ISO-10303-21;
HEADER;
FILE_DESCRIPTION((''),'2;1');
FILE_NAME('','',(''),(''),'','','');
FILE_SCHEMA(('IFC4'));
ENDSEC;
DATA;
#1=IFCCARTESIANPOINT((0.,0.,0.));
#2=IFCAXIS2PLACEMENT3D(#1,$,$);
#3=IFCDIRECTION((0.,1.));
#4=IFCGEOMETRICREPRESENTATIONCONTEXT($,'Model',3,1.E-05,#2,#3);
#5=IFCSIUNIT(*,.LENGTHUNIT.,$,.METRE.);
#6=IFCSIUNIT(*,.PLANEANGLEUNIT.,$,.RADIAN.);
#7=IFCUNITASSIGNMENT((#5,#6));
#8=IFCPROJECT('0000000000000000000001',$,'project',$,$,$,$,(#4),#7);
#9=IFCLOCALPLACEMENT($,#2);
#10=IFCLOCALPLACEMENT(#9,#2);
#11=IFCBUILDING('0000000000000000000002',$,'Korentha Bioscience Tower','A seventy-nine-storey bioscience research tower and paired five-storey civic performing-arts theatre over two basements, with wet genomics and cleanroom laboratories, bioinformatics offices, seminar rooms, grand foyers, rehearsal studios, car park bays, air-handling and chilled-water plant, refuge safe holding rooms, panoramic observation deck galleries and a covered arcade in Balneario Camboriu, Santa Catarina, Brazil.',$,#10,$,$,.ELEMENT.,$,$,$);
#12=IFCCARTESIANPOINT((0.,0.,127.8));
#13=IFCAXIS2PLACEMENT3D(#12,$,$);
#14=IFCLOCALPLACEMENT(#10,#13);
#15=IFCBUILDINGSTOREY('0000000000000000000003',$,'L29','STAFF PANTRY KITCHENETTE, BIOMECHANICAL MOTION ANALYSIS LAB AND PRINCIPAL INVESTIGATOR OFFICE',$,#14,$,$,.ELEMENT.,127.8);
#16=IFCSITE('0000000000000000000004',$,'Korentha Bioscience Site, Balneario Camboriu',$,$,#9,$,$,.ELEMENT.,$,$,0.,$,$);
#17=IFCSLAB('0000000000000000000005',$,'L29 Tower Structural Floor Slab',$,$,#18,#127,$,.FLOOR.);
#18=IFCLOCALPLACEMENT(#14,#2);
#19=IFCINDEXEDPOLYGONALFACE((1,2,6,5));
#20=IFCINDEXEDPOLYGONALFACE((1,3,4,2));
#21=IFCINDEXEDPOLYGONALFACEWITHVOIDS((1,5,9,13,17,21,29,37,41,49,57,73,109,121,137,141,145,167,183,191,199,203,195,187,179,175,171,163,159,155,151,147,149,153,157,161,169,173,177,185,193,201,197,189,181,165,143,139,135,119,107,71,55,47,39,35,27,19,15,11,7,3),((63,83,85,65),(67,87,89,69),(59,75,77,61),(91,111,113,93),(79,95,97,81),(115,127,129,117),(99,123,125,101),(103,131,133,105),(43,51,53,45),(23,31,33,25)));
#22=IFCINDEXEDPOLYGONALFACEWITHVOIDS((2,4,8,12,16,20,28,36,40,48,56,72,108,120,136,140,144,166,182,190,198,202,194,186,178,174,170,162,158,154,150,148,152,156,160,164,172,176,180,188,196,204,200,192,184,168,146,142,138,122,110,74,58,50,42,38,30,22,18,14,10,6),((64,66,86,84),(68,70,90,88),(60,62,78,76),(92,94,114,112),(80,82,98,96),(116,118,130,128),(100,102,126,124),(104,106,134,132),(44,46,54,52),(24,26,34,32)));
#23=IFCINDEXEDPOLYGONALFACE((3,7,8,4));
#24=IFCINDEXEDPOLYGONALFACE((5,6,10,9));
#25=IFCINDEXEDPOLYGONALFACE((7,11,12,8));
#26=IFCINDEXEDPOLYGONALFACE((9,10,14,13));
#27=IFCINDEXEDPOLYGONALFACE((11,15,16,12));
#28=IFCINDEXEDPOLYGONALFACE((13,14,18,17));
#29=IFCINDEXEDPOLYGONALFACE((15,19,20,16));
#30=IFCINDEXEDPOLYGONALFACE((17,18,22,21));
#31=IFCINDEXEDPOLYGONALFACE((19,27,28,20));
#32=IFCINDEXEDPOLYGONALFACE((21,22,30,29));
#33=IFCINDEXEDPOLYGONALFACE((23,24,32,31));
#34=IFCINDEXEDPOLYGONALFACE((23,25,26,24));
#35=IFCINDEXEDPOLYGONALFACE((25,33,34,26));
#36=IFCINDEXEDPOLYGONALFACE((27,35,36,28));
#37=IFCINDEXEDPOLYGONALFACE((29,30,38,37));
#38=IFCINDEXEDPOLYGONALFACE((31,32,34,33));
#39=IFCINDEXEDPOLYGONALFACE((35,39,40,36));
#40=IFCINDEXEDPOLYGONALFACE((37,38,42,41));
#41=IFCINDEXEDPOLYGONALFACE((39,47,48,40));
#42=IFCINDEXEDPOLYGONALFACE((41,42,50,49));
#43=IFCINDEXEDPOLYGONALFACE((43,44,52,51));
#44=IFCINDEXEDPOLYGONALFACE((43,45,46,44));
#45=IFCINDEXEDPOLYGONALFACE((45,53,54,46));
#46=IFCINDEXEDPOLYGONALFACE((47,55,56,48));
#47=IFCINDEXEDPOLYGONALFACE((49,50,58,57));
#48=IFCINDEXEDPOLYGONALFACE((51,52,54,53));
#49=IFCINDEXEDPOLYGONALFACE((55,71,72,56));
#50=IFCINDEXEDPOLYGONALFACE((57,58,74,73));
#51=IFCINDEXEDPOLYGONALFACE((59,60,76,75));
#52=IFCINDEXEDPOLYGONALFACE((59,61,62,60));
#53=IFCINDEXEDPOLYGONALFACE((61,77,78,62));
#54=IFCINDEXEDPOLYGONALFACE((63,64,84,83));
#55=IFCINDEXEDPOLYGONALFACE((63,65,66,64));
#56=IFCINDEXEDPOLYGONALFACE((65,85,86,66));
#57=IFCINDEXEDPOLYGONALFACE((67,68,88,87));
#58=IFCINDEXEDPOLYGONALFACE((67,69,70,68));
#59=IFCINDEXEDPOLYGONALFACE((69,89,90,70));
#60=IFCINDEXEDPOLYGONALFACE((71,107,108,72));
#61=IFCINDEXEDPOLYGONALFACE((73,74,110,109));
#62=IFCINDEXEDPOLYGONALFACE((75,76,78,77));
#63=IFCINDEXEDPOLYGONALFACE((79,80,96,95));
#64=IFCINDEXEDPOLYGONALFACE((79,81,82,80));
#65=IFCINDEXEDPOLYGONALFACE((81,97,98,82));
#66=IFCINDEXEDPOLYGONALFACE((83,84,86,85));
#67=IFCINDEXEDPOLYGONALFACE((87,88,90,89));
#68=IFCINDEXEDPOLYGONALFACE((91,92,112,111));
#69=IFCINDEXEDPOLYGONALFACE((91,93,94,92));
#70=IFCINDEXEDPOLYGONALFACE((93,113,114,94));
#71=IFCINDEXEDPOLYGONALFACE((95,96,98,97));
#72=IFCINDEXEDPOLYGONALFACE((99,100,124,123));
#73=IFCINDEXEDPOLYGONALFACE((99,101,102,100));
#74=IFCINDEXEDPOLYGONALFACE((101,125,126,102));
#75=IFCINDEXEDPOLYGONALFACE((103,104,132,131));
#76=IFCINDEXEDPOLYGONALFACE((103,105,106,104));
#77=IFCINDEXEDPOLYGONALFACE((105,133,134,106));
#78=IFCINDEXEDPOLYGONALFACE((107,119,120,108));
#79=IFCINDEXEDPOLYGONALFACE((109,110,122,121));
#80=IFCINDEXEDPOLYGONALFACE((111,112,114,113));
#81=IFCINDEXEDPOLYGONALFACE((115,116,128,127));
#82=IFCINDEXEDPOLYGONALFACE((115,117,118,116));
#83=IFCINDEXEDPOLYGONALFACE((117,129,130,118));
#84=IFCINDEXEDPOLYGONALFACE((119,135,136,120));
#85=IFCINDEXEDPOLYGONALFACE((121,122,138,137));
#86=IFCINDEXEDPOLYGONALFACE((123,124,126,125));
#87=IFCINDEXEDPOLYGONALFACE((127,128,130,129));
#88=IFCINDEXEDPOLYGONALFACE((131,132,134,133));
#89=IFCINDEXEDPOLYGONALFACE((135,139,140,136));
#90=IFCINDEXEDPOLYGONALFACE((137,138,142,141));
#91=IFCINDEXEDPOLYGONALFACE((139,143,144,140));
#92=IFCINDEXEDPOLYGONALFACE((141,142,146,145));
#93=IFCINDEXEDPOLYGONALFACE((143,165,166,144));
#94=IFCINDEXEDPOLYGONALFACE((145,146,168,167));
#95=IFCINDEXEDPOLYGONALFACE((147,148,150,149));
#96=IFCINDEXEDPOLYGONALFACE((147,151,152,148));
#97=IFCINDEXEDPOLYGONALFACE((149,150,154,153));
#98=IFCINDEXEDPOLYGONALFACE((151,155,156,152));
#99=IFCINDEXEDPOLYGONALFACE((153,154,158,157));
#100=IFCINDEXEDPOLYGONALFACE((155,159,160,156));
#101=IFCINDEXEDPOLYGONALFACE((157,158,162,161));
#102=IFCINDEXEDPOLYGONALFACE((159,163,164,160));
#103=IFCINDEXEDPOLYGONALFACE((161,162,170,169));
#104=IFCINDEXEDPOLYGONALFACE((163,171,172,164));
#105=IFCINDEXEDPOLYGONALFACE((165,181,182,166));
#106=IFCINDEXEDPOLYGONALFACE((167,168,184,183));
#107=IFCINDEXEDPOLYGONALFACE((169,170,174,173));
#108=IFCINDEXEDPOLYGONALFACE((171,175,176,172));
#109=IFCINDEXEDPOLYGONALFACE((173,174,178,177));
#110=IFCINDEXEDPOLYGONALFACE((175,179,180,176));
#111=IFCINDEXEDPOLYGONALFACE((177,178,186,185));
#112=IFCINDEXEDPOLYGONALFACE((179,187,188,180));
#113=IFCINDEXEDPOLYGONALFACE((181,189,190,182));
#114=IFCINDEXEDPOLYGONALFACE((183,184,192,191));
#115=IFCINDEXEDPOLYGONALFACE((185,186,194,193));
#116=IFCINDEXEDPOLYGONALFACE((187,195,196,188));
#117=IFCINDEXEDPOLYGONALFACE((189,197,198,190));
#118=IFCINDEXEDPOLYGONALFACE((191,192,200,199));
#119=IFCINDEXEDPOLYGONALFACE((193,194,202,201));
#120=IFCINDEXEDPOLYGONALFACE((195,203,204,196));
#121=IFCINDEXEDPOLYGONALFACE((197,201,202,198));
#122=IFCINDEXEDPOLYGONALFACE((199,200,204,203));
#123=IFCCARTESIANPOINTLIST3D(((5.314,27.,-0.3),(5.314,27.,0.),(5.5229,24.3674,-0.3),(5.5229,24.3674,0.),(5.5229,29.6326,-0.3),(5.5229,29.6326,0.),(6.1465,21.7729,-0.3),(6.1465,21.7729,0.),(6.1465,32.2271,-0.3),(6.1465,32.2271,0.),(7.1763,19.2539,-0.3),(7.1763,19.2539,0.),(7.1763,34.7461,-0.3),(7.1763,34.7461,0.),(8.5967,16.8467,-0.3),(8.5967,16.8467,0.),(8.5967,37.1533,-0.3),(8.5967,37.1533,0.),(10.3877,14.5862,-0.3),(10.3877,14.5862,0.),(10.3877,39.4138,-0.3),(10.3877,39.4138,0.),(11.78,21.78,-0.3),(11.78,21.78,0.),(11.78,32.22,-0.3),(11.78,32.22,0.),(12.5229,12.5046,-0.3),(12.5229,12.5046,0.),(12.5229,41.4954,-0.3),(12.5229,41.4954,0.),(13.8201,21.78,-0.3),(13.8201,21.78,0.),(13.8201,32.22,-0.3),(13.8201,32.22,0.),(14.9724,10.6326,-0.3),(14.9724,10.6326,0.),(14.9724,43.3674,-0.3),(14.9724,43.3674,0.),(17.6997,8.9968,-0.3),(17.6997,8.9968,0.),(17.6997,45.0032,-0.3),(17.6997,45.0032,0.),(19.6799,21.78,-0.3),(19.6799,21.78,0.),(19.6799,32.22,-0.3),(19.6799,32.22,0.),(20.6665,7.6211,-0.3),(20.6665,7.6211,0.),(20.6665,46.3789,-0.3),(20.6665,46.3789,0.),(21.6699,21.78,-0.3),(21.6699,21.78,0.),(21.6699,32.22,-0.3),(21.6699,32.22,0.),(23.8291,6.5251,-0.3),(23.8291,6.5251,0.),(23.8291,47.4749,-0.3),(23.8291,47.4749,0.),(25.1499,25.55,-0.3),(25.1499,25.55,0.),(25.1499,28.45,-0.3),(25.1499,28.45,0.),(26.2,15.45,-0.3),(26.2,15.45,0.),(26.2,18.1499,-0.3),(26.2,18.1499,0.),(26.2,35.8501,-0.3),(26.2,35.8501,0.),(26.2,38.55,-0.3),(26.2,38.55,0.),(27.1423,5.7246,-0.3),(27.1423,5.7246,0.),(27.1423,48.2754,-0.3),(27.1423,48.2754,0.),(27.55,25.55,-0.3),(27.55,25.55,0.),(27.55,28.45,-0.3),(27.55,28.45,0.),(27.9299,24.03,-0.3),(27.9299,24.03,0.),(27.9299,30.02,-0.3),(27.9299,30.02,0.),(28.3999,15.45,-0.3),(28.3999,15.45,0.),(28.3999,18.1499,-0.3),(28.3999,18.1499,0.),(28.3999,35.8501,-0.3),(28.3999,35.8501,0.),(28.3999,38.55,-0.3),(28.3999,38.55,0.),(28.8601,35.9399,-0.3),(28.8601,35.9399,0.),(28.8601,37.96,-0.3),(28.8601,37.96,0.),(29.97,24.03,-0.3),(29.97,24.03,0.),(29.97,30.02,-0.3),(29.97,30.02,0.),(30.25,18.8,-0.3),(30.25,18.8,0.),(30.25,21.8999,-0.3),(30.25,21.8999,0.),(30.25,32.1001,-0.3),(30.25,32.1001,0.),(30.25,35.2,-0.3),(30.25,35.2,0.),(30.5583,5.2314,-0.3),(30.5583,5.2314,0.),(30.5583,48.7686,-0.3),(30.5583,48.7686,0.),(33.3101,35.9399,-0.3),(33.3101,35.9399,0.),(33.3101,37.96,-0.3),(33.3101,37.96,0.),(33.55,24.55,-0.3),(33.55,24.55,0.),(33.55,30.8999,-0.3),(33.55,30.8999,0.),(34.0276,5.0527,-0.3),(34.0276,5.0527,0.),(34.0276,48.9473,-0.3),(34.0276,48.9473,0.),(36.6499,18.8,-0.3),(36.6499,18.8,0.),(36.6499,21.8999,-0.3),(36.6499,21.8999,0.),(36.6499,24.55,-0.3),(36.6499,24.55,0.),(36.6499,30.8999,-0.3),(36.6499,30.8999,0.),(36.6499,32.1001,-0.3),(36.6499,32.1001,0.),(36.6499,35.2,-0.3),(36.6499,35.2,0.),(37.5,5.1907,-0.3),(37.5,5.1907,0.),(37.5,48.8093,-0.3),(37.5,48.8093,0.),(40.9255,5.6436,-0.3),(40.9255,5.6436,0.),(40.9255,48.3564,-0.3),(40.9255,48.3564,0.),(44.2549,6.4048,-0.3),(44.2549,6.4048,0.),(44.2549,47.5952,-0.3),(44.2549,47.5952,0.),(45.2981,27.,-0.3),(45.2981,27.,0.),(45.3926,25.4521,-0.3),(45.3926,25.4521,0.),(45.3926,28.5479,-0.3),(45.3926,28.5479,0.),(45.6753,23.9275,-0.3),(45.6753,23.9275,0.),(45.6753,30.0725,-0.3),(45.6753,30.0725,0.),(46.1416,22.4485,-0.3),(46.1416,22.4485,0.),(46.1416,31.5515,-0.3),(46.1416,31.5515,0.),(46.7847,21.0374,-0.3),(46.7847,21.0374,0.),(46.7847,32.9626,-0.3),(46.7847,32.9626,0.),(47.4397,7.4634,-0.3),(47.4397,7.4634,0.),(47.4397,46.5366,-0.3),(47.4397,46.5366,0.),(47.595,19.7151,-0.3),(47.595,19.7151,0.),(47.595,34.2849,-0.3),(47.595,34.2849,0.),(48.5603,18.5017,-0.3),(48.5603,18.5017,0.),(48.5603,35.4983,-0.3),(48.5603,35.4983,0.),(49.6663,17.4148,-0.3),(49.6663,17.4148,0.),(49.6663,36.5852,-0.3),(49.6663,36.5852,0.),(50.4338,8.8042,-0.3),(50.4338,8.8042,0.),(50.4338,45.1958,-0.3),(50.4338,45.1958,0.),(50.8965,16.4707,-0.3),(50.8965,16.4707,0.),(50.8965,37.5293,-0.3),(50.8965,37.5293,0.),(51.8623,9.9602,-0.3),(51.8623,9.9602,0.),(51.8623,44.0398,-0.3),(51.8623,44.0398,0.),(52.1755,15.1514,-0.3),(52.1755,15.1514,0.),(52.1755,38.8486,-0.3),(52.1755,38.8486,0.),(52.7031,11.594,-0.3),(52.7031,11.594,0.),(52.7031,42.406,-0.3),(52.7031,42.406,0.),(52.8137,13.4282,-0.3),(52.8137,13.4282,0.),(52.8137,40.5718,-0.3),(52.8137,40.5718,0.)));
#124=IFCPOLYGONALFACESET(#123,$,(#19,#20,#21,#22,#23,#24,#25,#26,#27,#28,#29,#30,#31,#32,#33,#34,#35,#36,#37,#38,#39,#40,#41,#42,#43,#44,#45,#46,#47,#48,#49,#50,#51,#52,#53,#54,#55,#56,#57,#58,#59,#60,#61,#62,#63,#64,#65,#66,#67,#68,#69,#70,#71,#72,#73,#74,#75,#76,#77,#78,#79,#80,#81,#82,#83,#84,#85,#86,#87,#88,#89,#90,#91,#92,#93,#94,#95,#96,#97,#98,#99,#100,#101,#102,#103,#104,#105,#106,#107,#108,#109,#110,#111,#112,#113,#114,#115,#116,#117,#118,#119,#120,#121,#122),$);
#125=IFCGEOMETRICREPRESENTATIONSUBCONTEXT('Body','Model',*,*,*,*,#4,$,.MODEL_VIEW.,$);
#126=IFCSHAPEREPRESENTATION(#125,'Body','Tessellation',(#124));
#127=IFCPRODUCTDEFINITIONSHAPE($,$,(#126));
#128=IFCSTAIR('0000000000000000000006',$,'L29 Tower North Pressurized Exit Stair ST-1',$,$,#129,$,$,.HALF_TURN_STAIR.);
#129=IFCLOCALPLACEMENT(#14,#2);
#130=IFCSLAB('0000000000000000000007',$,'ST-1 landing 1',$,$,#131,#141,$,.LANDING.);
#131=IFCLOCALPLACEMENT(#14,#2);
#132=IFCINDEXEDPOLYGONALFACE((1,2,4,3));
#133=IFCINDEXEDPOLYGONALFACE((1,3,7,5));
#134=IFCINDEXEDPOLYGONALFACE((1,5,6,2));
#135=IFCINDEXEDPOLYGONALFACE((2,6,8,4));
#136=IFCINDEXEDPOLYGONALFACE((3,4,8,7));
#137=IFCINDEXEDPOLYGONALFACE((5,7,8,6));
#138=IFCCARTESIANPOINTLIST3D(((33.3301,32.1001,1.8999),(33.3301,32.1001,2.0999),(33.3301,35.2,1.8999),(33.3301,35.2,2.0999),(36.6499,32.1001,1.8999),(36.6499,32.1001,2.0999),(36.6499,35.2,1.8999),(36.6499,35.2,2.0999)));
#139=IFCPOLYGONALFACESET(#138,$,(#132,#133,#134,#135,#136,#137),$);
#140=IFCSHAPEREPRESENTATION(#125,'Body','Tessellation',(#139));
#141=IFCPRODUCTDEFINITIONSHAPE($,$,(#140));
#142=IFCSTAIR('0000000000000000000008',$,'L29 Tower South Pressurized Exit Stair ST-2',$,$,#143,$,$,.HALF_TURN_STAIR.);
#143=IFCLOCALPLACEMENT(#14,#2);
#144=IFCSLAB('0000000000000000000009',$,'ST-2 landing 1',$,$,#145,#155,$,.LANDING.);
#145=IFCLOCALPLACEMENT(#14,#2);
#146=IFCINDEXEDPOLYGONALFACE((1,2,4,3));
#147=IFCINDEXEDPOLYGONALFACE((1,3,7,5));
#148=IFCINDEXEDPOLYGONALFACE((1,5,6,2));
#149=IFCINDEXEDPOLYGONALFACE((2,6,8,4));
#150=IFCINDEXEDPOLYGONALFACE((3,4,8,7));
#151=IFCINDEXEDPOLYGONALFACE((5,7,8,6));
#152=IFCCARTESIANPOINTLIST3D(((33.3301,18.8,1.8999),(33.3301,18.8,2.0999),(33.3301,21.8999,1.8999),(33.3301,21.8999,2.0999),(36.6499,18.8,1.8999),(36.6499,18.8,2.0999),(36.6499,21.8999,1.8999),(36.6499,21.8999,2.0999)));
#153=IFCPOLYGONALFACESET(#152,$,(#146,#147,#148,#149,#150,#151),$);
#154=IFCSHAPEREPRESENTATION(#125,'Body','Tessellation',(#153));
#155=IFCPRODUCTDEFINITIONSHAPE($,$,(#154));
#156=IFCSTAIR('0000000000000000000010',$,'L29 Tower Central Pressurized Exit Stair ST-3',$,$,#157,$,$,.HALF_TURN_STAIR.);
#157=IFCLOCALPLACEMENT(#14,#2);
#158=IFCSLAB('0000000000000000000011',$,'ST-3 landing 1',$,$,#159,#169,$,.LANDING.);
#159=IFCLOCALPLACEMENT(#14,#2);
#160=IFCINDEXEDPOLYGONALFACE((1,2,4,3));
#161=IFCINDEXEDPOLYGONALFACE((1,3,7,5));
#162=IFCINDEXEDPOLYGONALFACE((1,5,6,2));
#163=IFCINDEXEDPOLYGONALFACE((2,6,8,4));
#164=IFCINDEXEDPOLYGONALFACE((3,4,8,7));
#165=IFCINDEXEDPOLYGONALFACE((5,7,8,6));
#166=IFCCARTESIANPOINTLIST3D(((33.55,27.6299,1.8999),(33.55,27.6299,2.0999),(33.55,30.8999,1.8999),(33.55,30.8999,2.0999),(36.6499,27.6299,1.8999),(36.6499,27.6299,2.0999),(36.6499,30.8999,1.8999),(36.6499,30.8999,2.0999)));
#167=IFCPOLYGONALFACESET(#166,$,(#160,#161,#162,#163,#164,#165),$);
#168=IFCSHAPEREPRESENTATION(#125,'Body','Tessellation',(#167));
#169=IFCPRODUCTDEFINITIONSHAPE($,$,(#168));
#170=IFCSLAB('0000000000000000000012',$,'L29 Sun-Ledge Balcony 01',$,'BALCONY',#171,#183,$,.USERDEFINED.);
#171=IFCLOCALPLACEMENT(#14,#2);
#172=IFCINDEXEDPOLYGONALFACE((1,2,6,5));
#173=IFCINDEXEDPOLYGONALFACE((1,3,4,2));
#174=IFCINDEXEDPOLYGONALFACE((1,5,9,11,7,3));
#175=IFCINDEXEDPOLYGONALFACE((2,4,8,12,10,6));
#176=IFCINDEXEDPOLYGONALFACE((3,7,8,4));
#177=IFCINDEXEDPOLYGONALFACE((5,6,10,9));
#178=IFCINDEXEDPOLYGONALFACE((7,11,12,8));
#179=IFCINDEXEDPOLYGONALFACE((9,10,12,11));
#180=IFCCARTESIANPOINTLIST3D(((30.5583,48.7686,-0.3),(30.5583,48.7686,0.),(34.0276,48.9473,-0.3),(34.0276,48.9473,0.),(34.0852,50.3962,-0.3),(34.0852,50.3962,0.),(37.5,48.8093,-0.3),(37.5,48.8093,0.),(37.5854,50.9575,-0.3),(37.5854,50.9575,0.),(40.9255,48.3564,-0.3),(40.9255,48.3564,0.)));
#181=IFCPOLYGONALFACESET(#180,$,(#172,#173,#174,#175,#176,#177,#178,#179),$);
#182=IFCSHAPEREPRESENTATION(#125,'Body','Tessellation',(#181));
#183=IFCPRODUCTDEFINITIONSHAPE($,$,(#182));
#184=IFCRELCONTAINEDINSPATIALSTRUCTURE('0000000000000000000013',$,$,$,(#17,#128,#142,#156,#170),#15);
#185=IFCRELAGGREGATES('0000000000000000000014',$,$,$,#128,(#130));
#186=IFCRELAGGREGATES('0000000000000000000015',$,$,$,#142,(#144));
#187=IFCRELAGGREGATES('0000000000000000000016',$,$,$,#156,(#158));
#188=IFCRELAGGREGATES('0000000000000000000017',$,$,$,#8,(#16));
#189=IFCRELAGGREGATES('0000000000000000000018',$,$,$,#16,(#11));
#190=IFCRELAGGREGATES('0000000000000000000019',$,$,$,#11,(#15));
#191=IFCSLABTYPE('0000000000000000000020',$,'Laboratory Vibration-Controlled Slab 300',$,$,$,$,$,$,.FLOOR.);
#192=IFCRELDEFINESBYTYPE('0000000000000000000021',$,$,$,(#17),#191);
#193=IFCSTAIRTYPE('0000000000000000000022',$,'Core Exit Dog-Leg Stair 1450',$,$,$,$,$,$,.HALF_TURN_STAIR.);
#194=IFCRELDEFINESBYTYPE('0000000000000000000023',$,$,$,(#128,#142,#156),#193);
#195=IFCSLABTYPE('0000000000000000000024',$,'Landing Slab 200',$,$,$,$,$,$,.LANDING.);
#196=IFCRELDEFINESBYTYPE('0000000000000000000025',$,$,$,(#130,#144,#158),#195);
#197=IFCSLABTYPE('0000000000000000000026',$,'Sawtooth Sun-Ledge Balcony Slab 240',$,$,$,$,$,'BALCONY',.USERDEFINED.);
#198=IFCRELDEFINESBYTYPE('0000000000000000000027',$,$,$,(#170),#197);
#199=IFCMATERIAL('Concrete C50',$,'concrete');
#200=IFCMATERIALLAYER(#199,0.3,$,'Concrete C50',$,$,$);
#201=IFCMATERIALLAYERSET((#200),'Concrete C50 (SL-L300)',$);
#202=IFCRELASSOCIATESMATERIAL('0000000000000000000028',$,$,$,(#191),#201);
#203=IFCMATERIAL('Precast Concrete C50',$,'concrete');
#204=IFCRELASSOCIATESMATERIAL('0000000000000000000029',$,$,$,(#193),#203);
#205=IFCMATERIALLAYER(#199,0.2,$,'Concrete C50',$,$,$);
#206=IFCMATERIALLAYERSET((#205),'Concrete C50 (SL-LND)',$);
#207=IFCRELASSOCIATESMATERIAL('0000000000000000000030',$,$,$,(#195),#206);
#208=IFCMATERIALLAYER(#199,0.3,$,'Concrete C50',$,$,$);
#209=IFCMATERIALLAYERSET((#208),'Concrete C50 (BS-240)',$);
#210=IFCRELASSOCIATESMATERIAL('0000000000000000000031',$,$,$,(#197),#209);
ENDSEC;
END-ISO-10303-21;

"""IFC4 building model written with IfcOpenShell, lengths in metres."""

from ifc_helpers import new_model, si_unit, direction, frame, origin, place, context, subcontext, project, spatial, polyline, outline, extrude, material, layer, layer_set, type_object, element, aggregate, save


model = new_model("IFC4")

# Units and contexts
model_context = context("Model", 3, precision=1e-05, world=origin(), true_north=direction((0.0, 1.0)))
body_context = subcontext(model_context, "Body", "Model", "MODEL_VIEW")
ifc_project = project(units=[si_unit("LENGTHUNIT", "METRE"), si_unit("PLANEANGLEUNIT", "RADIAN")], contexts=[model_context])

# Site, building, storey
site_placement = place(None, origin())
site = spatial("IfcSite", under=ifc_project, at=site_placement, Name="Korentha Bioscience Site, Balneario Camboriu", CompositionType="ELEMENT", RefElevation=0.0)
building_placement = place(site_placement, origin())
building = spatial("IfcBuilding", under=site, at=building_placement, Name="Korentha Bioscience Tower", Description="A seventy-nine-storey bioscience research tower and paired five-storey civic performing-arts theatre over two basements, with wet genomics and cleanroom laboratories, bioinformatics offices, seminar rooms, grand foyers, rehearsal studios, car park bays, air-handling and chilled-water plant, refuge safe holding rooms, panoramic observation deck galleries and a covered arcade in Balneario Camboriu, Santa Catarina, Brazil.", CompositionType="ELEMENT")
storey_placement = place(building_placement, frame((0.0, 0.0, 127.8)))
storey = spatial("IfcBuildingStorey", under=building, at=storey_placement, Name="L29", Description="STAFF PANTRY KITCHENETTE, BIOMECHANICAL MOTION ANALYSIS LAB AND PRINCIPAL INVESTIGATOR OFFICE", CompositionType="ELEMENT", Elevation=127.8)

# Slab
ifc_material_1 = material(Name="Concrete C50", Category="concrete")
ifc_layer_1 = layer(ifc_material_1, 0.3, Name="Concrete C50")
ifc_layer_set_1 = layer_set([ifc_layer_1], Name="Concrete C50 (SL-L300)")
slab_type_1 = type_object("IfcSlabType", Name="Laboratory Vibration-Controlled Slab 300", PredefinedType="FLOOR", material=ifc_layer_set_1)
slab_1_placement = place(storey_placement, frame((0.0, 0.0, -0.3)))
element("IfcSlab", 1, at=slab_1_placement, inside=storey, type_object=slab_type_1, Name="L29 Tower Structural Floor Slab", PredefinedType="FLOOR", context=body_context, shape_type="SweptSolid", body=[
    extrude(outline(polyline([(50.4338, 45.1958), (47.4397, 46.5366), (44.2549, 47.5952), (40.9255, 48.3564), (37.5, 48.8093), (34.0276, 48.9473), (30.5583, 48.7686), (27.1423, 48.2754), (23.8291, 47.4749), (20.6665, 46.3789), (17.6997, 45.0032), (14.9724, 43.3674), (12.5229, 41.4954), (10.3877, 39.4138), (8.5967, 37.1533), (7.1763, 34.7461), (6.1465, 32.2271), (5.5229, 29.6326), (5.314, 27.0), (5.5229, 24.3674), (6.1465, 21.7729), (7.1763, 19.2539), (8.5967, 16.8467), (10.3877, 14.5862), (12.5229, 12.5046), (14.9724, 10.6326), (17.6997, 8.9968), (20.6665, 7.6211), (23.8291, 6.5251), (27.1423, 5.7246), (30.5583, 5.2314), (34.0276, 5.0527), (37.5, 5.1907), (40.9255, 5.6436), (44.2549, 6.4048), (47.4397, 7.4634), (50.4338, 8.8042), (51.8623, 9.9602), (52.7031, 11.594), (52.8137, 13.4282), (52.1755, 15.1514), (50.8965, 16.4707), (49.6663, 17.4148), (48.5603, 18.5017), (47.595, 19.7151), (46.7847, 21.0374), (46.1416, 22.4485), (45.6753, 23.9275), (45.3926, 25.4521), (45.2981, 27.0), (45.3926, 28.5479), (45.6753, 30.0725), (46.1416, 31.5515), (46.7847, 32.9626), (47.595, 34.2849), (48.5603, 35.4983), (49.6663, 36.5852), (50.8965, 37.5293), (52.1755, 38.8486), (52.8137, 40.5718), (52.7031, 42.406), (51.8623, 44.0398), (50.4338, 45.1958)]), holes=[polyline([(30.25, 32.1001), (36.6499, 32.1001), (36.6499, 35.2), (30.25, 35.2), (30.25, 32.1001)]), polyline([(30.25, 18.8), (36.6499, 18.8), (36.6499, 21.8999), (30.25, 21.8999), (30.25, 18.8)]), polyline([(36.6499, 24.55), (36.6499, 30.8999), (33.55, 30.8999), (33.55, 24.55), (36.6499, 24.55)]), polyline([(11.78, 21.78), (13.8201, 21.78), (13.8201, 32.22), (11.78, 32.22), (11.78, 21.78)]), polyline([(19.6799, 21.78), (21.6699, 21.78), (21.6699, 32.22), (19.6799, 32.22), (19.6799, 21.78)]), polyline([(27.9299, 24.03), (29.97, 24.03), (29.97, 30.02), (27.9299, 30.02), (27.9299, 24.03)]), polyline([(28.8601, 35.9399), (33.3101, 35.9399), (33.3101, 37.96), (28.8601, 37.96), (28.8601, 35.9399)]), polyline([(26.2, 15.45), (28.3999, 15.45), (28.3999, 18.1499), (26.2, 18.1499), (26.2, 15.45)]), polyline([(26.2, 35.8501), (28.3999, 35.8501), (28.3999, 38.55), (26.2, 38.55), (26.2, 35.8501)]), polyline([(25.1499, 25.55), (27.55, 25.55), (27.55, 28.45), (25.1499, 28.45), (25.1499, 25.55)])]), origin(), (0.0, 0.0, 1.0), 0.3),
])

# Stairs, slabs
ifc_material_2 = material(Name="Precast Concrete C50", Category="concrete")
stair_type = type_object("IfcStairType", Name="Core Exit Dog-Leg Stair 1450", PredefinedType="HALF_TURN_STAIR", material=ifc_material_2)
stair_1_placement = place(storey_placement, origin())
stair_1 = element("IfcStair", 2, at=stair_1_placement, inside=storey, type_object=stair_type, Name="L29 Tower North Pressurized Exit Stair ST-1", PredefinedType="HALF_TURN_STAIR")
ifc_layer_2 = layer(ifc_material_1, 0.2, Name="Concrete C50")
ifc_layer_set_2 = layer_set([ifc_layer_2], Name="Concrete C50 (SL-LND)")
slab_type_2 = type_object("IfcSlabType", Name="Landing Slab 200", PredefinedType="LANDING", material=ifc_layer_set_2)
slab_2_placement = place(storey_placement, frame((0.0, 0.0, 1.8999)))
slab_2 = element("IfcSlab", 3, at=slab_2_placement, type_object=slab_type_2, Name="ST-1 landing 1", PredefinedType="LANDING", context=body_context, shape_type="SweptSolid", body=[
    extrude(outline(polyline([(33.3301, 32.1001), (36.6499, 32.1001), (36.6499, 35.2), (33.3301, 35.2), (33.3301, 32.1001)])), origin(), (0.0, 0.0, 1.0), 0.2),
])
aggregate(stair_1, [slab_2])
stair_2_placement = place(storey_placement, origin())
stair_2 = element("IfcStair", 4, at=stair_2_placement, inside=storey, type_object=stair_type, Name="L29 Tower South Pressurized Exit Stair ST-2", PredefinedType="HALF_TURN_STAIR")
slab_3_placement = place(storey_placement, frame((0.0, 0.0, 1.8999)))
slab_3 = element("IfcSlab", 5, at=slab_3_placement, type_object=slab_type_2, Name="ST-2 landing 1", PredefinedType="LANDING", context=body_context, shape_type="SweptSolid", body=[
    extrude(outline(polyline([(33.3301, 18.8), (36.6499, 18.8), (36.6499, 21.8999), (33.3301, 21.8999), (33.3301, 18.8)])), origin(), (0.0, 0.0, 1.0), 0.2),
])
aggregate(stair_2, [slab_3])
stair_3_placement = place(storey_placement, origin())
stair_3 = element("IfcStair", 6, at=stair_3_placement, inside=storey, type_object=stair_type, Name="L29 Tower Central Pressurized Exit Stair ST-3", PredefinedType="HALF_TURN_STAIR")
slab_4_placement = place(storey_placement, frame((0.0, 0.0, 1.8999)))
slab_4 = element("IfcSlab", 7, at=slab_4_placement, type_object=slab_type_2, Name="ST-3 landing 1", PredefinedType="LANDING", context=body_context, shape_type="SweptSolid", body=[
    extrude(outline(polyline([(36.6499, 27.6299), (36.6499, 30.8999), (33.55, 30.8999), (33.55, 27.6299), (36.6499, 27.6299)])), origin(), (0.0, 0.0, 1.0), 0.2),
])
aggregate(stair_3, [slab_4])

# Slab
ifc_layer_3 = layer(ifc_material_1, 0.3, Name="Concrete C50")
ifc_layer_set_3 = layer_set([ifc_layer_3], Name="Concrete C50 (BS-240)")
slab_type_3 = type_object("IfcSlabType", Name="Sawtooth Sun-Ledge Balcony Slab 240", ElementType="BALCONY", PredefinedType="USERDEFINED", material=ifc_layer_set_3)
slab_5_placement = place(storey_placement, frame((0.0, 0.0, -0.3)))
element("IfcSlab", 8, at=slab_5_placement, inside=storey, type_object=slab_type_3, Name="L29 Sun-Ledge Balcony 01", ObjectType="BALCONY", PredefinedType="USERDEFINED", context=body_context, shape_type="SweptSolid", body=[
    extrude(outline(polyline([(30.5583, 48.7686), (34.0276, 48.9473), (37.5, 48.8093), (40.9255, 48.3564), (37.5854, 50.9575), (34.0852, 50.3962), (30.5583, 48.7686)])), origin(), (0.0, 0.0, 1.0), 0.3),
])

save(model, "model.ifc")
